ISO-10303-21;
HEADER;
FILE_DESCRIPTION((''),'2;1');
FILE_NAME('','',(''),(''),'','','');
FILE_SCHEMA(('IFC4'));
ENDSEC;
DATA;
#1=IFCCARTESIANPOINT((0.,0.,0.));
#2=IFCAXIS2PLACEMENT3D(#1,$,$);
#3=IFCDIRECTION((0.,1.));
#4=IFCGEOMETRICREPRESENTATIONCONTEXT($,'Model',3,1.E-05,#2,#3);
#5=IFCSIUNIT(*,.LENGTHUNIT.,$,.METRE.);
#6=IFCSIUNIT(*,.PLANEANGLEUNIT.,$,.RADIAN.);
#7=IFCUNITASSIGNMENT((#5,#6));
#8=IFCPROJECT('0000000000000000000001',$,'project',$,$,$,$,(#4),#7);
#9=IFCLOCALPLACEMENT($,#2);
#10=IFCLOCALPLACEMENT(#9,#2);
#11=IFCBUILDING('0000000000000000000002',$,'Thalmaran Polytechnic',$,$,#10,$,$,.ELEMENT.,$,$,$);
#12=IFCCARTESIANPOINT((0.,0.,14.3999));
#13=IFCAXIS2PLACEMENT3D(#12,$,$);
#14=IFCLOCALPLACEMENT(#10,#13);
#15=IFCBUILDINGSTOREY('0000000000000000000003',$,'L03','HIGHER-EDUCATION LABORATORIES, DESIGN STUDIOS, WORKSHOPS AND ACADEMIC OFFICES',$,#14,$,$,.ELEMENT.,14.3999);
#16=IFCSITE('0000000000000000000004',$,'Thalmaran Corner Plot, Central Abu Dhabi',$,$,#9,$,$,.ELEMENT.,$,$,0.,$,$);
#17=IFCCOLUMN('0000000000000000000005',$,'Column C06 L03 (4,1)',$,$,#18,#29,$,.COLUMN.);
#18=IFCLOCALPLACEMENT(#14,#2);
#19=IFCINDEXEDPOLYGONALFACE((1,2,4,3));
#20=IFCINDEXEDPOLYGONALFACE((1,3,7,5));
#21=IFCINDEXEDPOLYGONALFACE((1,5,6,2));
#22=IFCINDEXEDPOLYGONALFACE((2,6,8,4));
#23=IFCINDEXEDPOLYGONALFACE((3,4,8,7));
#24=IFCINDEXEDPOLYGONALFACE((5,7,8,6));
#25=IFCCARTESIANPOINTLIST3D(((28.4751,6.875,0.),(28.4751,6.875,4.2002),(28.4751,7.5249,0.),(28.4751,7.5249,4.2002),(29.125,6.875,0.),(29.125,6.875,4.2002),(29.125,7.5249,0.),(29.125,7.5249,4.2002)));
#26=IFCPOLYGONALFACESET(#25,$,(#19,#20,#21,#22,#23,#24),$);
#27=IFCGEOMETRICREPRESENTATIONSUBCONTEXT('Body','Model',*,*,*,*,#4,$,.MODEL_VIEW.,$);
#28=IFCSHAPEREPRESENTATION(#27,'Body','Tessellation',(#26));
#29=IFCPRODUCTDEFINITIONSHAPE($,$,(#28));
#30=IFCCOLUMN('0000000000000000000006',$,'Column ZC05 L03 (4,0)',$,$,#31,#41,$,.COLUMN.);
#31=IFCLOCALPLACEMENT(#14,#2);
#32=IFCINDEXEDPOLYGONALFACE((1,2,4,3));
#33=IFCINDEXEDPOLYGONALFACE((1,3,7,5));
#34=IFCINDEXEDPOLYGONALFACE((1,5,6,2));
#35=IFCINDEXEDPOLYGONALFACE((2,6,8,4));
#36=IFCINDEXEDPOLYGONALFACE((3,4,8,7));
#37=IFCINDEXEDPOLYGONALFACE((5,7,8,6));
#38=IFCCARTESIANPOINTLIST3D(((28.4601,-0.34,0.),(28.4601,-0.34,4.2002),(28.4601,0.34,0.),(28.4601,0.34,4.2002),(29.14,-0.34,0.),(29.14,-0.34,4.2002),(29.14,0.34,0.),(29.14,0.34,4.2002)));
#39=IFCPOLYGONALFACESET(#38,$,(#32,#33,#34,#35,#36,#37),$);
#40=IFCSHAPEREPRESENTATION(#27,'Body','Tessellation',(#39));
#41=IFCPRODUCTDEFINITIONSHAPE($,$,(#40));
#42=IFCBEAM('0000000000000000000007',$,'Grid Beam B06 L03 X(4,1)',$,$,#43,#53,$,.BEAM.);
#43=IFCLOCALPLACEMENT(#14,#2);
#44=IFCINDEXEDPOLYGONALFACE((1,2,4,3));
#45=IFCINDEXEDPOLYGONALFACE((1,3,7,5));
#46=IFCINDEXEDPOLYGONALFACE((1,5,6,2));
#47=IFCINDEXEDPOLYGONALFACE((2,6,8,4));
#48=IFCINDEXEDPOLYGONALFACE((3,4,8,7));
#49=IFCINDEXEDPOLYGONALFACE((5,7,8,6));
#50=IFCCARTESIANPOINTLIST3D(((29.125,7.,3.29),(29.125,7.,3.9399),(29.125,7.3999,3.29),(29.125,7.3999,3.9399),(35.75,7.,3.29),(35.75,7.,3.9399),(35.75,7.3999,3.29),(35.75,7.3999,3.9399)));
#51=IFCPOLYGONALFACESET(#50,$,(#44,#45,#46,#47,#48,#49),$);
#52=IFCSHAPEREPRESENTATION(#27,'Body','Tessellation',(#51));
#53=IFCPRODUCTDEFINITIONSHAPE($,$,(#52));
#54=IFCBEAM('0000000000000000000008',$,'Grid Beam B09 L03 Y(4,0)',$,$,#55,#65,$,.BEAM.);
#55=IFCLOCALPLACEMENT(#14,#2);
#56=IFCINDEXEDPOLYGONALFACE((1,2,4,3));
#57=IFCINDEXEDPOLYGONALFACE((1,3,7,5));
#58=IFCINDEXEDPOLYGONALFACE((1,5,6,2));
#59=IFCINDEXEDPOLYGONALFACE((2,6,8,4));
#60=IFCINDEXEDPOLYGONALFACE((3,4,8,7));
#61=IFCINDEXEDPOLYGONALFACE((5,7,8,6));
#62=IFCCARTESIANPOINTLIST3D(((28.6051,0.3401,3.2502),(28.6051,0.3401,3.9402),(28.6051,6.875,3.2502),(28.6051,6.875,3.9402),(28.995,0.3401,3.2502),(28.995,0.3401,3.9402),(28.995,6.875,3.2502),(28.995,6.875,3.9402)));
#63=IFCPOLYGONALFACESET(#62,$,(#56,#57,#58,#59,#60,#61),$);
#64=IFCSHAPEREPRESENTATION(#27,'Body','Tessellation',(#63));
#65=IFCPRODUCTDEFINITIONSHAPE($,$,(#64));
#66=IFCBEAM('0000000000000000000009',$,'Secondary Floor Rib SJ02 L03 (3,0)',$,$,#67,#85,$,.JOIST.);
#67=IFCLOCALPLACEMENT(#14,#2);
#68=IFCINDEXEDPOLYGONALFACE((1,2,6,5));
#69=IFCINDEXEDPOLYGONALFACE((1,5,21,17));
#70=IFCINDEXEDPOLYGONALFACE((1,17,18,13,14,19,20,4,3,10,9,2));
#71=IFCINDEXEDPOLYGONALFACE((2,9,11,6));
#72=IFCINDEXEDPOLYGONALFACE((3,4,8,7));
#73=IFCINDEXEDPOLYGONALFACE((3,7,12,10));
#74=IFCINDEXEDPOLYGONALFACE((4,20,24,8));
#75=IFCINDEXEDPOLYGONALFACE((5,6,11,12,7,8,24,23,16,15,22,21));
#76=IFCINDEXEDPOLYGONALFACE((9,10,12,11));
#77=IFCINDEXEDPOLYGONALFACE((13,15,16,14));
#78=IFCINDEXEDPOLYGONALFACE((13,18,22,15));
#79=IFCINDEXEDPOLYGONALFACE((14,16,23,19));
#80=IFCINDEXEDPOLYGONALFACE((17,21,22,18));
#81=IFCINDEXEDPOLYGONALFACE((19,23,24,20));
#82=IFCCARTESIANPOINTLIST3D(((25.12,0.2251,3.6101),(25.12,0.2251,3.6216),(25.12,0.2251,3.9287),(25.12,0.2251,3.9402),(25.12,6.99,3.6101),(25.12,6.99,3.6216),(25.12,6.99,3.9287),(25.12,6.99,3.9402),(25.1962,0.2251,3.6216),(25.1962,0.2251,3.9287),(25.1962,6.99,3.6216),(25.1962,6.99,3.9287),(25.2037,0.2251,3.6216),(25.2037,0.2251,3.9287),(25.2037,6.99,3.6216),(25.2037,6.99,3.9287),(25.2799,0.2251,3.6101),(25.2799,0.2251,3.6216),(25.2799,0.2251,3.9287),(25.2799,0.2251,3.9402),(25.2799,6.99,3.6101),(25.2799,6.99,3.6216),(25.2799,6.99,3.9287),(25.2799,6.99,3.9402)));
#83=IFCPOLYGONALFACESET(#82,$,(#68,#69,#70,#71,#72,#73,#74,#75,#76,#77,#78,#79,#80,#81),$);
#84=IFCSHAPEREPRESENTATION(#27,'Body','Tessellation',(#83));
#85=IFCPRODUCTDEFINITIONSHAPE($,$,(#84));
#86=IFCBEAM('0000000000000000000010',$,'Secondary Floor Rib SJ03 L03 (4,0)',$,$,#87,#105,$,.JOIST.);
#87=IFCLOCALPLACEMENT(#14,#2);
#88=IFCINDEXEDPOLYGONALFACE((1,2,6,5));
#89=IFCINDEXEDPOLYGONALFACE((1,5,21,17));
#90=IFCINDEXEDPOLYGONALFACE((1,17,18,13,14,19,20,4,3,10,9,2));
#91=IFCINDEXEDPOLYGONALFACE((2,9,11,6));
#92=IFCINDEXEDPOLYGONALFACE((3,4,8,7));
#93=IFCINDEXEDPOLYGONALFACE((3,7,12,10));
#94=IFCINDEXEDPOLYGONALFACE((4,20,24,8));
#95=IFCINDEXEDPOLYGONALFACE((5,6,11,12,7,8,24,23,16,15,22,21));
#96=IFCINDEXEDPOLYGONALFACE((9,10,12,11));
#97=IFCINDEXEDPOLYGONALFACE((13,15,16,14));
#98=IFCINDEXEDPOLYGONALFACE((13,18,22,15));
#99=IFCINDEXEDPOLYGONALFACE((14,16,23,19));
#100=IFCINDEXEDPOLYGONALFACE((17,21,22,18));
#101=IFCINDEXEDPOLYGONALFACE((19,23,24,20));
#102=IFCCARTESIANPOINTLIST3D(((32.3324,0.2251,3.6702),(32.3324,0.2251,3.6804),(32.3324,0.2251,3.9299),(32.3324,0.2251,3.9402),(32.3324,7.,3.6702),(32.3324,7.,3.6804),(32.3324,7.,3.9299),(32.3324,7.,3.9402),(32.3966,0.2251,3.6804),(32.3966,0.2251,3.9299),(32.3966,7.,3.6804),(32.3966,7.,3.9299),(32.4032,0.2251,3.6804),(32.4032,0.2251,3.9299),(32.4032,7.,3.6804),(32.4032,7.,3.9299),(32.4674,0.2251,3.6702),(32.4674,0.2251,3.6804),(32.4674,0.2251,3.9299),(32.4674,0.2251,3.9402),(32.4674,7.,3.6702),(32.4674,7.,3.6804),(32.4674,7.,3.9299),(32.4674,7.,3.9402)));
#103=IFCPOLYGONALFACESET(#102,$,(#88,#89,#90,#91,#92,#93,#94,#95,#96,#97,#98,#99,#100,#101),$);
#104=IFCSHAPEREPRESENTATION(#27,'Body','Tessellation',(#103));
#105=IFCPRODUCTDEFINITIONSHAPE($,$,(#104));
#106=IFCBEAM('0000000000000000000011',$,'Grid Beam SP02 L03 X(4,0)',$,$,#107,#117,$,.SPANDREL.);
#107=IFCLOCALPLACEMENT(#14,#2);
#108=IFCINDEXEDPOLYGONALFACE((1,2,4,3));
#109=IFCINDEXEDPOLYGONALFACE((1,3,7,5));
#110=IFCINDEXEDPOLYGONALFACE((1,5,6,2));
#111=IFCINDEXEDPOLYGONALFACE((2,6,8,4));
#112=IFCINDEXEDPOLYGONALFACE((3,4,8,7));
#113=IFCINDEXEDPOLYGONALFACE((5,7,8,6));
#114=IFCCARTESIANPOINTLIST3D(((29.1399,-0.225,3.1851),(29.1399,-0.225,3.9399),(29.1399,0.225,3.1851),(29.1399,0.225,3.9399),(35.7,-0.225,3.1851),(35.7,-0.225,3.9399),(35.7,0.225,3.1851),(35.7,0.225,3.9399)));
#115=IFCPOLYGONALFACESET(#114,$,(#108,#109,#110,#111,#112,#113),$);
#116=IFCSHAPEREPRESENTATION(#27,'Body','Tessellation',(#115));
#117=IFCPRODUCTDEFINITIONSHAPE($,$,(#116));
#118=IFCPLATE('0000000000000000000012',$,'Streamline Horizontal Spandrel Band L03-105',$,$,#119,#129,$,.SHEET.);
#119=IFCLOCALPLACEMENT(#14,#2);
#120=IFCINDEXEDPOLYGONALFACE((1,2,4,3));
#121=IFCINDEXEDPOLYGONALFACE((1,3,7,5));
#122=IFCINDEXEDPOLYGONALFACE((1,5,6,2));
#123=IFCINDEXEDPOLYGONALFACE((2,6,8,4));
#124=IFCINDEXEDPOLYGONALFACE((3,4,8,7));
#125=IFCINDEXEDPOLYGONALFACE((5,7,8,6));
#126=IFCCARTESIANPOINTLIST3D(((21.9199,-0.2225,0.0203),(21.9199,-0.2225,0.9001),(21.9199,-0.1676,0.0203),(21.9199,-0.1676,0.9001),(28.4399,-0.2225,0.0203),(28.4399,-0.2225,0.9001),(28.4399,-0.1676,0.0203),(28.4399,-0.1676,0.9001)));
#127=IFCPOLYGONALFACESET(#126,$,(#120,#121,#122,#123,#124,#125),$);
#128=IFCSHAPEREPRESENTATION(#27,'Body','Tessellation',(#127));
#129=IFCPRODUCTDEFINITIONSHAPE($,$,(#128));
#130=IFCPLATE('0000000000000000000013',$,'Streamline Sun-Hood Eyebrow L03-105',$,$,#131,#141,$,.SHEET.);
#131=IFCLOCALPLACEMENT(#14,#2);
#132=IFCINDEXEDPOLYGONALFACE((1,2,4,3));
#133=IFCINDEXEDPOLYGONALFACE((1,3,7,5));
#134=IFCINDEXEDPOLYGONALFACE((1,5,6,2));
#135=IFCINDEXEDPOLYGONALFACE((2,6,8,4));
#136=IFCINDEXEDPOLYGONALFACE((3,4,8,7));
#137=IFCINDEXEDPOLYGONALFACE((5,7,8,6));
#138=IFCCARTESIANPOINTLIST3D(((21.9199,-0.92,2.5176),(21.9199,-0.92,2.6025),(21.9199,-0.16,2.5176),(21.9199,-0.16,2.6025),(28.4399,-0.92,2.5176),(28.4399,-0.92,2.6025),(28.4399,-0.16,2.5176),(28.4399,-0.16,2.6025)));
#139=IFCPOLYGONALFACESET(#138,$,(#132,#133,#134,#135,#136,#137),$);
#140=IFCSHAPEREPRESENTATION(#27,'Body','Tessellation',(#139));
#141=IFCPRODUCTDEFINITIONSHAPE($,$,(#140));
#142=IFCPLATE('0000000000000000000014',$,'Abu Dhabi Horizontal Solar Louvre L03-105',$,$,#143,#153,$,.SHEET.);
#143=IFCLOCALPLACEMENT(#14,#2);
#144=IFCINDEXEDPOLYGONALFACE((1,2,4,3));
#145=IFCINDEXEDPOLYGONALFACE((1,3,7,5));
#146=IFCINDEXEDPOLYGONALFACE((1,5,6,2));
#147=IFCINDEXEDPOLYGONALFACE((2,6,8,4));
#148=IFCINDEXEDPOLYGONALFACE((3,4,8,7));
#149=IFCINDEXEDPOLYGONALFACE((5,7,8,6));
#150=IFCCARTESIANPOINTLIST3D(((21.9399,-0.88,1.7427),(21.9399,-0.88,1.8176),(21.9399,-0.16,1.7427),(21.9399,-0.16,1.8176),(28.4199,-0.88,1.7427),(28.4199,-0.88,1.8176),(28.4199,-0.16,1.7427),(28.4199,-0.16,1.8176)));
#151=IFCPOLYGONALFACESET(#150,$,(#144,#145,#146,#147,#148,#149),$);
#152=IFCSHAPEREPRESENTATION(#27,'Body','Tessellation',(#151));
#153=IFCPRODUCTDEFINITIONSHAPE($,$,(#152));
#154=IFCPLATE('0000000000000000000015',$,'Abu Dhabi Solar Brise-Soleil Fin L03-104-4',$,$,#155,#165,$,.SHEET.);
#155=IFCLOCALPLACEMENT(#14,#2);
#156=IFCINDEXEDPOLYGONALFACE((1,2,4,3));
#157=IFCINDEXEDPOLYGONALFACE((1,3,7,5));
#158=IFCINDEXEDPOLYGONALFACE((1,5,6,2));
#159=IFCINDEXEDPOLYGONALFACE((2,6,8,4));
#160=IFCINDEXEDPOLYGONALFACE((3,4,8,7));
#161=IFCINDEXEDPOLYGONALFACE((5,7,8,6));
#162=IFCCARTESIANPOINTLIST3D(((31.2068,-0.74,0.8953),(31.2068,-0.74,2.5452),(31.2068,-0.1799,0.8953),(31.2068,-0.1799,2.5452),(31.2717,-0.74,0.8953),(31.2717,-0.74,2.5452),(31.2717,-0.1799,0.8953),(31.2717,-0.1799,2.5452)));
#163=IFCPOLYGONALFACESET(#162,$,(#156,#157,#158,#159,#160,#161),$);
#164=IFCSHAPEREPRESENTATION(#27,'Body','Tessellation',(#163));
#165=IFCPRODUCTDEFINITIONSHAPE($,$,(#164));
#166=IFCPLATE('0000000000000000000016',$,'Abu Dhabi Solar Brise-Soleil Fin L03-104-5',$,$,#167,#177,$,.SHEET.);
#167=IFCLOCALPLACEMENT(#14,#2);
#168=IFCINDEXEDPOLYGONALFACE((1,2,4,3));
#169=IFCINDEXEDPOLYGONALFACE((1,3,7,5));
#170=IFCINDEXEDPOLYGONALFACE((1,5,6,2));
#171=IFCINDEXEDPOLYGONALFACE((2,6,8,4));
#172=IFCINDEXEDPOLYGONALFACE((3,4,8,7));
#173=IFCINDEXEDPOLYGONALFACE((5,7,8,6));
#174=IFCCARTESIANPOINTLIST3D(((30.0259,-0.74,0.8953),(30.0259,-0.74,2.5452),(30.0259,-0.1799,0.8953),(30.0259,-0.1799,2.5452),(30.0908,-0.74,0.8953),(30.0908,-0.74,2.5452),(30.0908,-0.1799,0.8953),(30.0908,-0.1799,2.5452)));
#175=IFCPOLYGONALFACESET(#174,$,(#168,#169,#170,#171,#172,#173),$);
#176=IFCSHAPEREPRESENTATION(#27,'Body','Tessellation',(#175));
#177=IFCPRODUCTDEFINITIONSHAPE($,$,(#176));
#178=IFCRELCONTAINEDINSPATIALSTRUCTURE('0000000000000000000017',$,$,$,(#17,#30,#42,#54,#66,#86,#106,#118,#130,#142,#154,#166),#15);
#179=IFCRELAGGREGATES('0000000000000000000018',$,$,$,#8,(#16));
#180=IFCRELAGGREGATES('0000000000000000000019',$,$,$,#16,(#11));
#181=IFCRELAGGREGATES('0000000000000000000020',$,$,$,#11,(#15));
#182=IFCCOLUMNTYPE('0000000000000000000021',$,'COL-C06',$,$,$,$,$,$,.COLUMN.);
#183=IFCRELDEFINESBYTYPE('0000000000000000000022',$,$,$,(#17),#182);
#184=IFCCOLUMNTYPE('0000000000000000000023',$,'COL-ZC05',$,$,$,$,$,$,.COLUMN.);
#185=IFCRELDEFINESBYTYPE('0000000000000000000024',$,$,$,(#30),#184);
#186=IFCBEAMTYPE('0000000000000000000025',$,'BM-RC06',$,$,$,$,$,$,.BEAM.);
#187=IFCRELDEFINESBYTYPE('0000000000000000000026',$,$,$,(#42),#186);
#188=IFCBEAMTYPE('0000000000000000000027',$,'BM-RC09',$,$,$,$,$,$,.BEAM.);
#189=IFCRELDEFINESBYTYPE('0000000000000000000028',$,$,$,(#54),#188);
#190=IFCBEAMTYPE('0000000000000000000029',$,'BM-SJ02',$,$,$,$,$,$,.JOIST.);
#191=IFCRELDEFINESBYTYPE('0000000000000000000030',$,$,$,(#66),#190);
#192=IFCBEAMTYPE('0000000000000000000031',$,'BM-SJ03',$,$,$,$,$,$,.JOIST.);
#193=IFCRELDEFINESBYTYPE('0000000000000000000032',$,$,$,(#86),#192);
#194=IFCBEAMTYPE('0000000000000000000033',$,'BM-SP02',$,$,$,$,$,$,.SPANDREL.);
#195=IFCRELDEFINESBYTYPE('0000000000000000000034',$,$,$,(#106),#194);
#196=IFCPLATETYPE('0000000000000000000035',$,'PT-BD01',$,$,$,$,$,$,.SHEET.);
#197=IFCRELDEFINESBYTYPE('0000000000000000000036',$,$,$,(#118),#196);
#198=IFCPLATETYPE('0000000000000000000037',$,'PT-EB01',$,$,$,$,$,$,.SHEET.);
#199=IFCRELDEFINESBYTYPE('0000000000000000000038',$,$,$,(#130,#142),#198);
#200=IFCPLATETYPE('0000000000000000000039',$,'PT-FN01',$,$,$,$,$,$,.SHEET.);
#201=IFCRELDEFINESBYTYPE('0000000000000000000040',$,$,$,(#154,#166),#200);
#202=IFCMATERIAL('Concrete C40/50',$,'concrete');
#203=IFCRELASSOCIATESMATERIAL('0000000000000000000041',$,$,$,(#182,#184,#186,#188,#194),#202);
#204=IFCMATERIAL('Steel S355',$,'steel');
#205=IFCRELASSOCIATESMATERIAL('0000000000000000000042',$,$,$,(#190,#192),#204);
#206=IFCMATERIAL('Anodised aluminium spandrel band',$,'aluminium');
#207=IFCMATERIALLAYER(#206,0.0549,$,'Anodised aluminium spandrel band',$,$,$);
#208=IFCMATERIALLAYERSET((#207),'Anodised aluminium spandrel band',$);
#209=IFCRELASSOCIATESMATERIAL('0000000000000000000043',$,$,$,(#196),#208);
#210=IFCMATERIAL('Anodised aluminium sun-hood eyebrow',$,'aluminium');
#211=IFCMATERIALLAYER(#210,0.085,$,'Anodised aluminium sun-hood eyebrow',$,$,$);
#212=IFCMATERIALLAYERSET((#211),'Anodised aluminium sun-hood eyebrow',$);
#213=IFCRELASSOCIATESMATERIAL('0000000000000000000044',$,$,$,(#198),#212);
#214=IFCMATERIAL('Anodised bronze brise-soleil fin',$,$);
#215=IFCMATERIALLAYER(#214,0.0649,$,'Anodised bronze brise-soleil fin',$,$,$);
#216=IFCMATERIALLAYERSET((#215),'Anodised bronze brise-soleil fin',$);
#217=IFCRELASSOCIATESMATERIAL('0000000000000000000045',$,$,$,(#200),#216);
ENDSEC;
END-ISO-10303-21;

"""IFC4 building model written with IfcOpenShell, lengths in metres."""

from ifc_helpers import new_model, si_unit, direction, frame, origin, origin_2d, place, context, subcontext, project, spatial, rectangle, i_section, extrude, material, layer, layer_set, material_profile, profile_set, type_object, element, save


model = new_model("IFC4")

# Units and contexts
model_context = context("Model", 3, precision=1e-05, world=origin(), true_north=direction((0.0, 1.0)))
body_context = subcontext(model_context, "Body", "Model", "MODEL_VIEW")
ifc_project = project(units=[si_unit("LENGTHUNIT", "METRE"), si_unit("PLANEANGLEUNIT", "RADIAN")], contexts=[model_context])

# Site, building, storey
site_placement = place(None, origin())
site = spatial("IfcSite", under=ifc_project, at=site_placement, Name="Thalmaran Corner Plot, Central Abu Dhabi", CompositionType="ELEMENT", RefElevation=0.0)
building_placement = place(site_placement, origin())
building = spatial("IfcBuilding", under=site, at=building_placement, Name="Thalmaran Polytechnic", CompositionType="ELEMENT")
storey_placement = place(building_placement, frame((0.0, 0.0, 14.3999)))
storey = spatial("IfcBuildingStorey", under=building, at=storey_placement, Name="L03", Description="HIGHER-EDUCATION LABORATORIES, DESIGN STUDIOS, WORKSHOPS AND ACADEMIC OFFICES", CompositionType="ELEMENT", Elevation=14.3999)

# Columns
ifc_material_1 = material(Name="Concrete C40/50", Category="concrete")
ifc_material_profile_1 = material_profile(ifc_material_1, rectangle(XDim=0.6499, YDim=0.6499, at=origin_2d()), Name="RC 650x650")
ifc_profile_set_1 = profile_set([ifc_material_profile_1], Name="Concrete C40/50")
column_type_1 = type_object("IfcColumnType", Name="COL-C06", PredefinedType="COLUMN", material=ifc_profile_set_1)
column_1_placement = place(storey_placement, frame((28.8, 7.2, 0.0), z_axis=(0.0, 0.0, 1.0), x_axis=(1.0, 0.0, 0.0)))
element("IfcColumn", 1, at=column_1_placement, inside=storey, type_object=column_type_1, Name="Column C06 L03 (4,1)", PredefinedType="COLUMN", context=body_context, shape_type="SweptSolid", body=[
    extrude(rectangle(XDim=0.6499, YDim=0.6499, at=origin_2d()), origin(), (0.0, 0.0, 1.0), 4.2002),
])
ifc_material_profile_2 = material_profile(ifc_material_1, rectangle(XDim=0.6799, YDim=0.6799, at=origin_2d()), Name="RC 680x680")
ifc_profile_set_2 = profile_set([ifc_material_profile_2], Name="Concrete C40/50")
column_type_2 = type_object("IfcColumnType", Name="COL-ZC05", PredefinedType="COLUMN", material=ifc_profile_set_2)
column_2_placement = place(storey_placement, frame((28.8, 0.0, 0.0), z_axis=(0.0, 0.0, 1.0), x_axis=(1.0, 0.0, 0.0)))
element("IfcColumn", 2, at=column_2_placement, inside=storey, type_object=column_type_2, Name="Column ZC05 L03 (4,0)", PredefinedType="COLUMN", context=body_context, shape_type="SweptSolid", body=[
    extrude(rectangle(XDim=0.6799, YDim=0.6799, at=origin_2d()), origin(), (0.0, 0.0, 1.0), 4.2002),
])

# Beams
ifc_material_profile_3 = material_profile(ifc_material_1, rectangle(XDim=0.3999, YDim=0.6499, at=origin_2d()), Name="RC 400x650")
ifc_profile_set_3 = profile_set([ifc_material_profile_3], Name="Concrete C40/50")
beam_type_1 = type_object("IfcBeamType", Name="BM-RC06", PredefinedType="BEAM", material=ifc_profile_set_3)
beam_1_placement = place(storey_placement, frame((29.125, 7.2, 3.615), z_axis=(1.0, 0.0, 0.0), x_axis=(0.0, 1.0, 0.0)))
element("IfcBeam", 3, at=beam_1_placement, inside=storey, type_object=beam_type_1, Name="Grid Beam B06 L03 X(4,1)", PredefinedType="BEAM", context=body_context, shape_type="SweptSolid", body=[
    extrude(rectangle(XDim=0.3999, YDim=0.6499, at=origin_2d()), origin(), (0.0, 0.0, 1.0), 6.625),
])
ifc_material_profile_4 = material_profile(ifc_material_1, rectangle(XDim=0.3899, YDim=0.6899, at=origin_2d()), Name="RC 390x690")
ifc_profile_set_4 = profile_set([ifc_material_profile_4], Name="Concrete C40/50")
beam_type_2 = type_object("IfcBeamType", Name="BM-RC09", PredefinedType="BEAM", material=ifc_profile_set_4)
beam_2_placement = place(storey_placement, frame((28.8, 0.3401, 3.5952), z_axis=(0.0, 1.0, 0.0), x_axis=(-1.0, 0.0, 0.0)))
element("IfcBeam", 4, at=beam_2_placement, inside=storey, type_object=beam_type_2, Name="Grid Beam B09 L03 Y(4,0)", PredefinedType="BEAM", context=body_context, shape_type="SweptSolid", body=[
    extrude(rectangle(XDim=0.3899, YDim=0.6899, at=origin_2d()), origin(), (0.0, 0.0, 1.0), 6.5349),
])
ifc_material_2 = material(Name="Steel S355", Category="steel")
ifc_material_profile_5 = material_profile(ifc_material_2, i_section(OverallWidth=0.1599, OverallDepth=0.3301, WebThickness=0.0076, FlangeThickness=0.0115, at=origin_2d()), Name="IPE 330")
ifc_profile_set_5 = profile_set([ifc_material_profile_5], Name="Steel S355")
beam_type_3 = type_object("IfcBeamType", Name="BM-SJ02", PredefinedType="JOIST", material=ifc_profile_set_5)
beam_3_placement = place(storey_placement, frame((25.2, 0.2251, 3.7751), z_axis=(0.0, 1.0, 0.0), x_axis=(-1.0, 0.0, 0.0)))
element("IfcBeam", 5, at=beam_3_placement, inside=storey, type_object=beam_type_3, Name="Secondary Floor Rib SJ02 L03 (3,0)", PredefinedType="JOIST", context=body_context, shape_type="SweptSolid", body=[
    extrude(i_section(OverallWidth=0.1599, OverallDepth=0.3301, WebThickness=0.0076, FlangeThickness=0.0115, at=origin_2d()), origin(), (0.0, 0.0, 1.0), 6.7649),
])
ifc_material_profile_6 = material_profile(ifc_material_2, i_section(OverallWidth=0.135, OverallDepth=0.27, WebThickness=0.0066, FlangeThickness=0.0103, at=origin_2d()), Name="IPE 270")
ifc_profile_set_6 = profile_set([ifc_material_profile_6], Name="Steel S355")
beam_type_4 = type_object("IfcBeamType", Name="BM-SJ03", PredefinedType="JOIST", material=ifc_profile_set_6)
beam_4_placement = place(storey_placement, frame((32.3999, 0.2251, 3.8052), z_axis=(0.0, 1.0, 0.0), x_axis=(-1.0, 0.0, 0.0)))
element("IfcBeam", 6, at=beam_4_placement, inside=storey, type_object=beam_type_4, Name="Secondary Floor Rib SJ03 L03 (4,0)", PredefinedType="JOIST", context=body_context, shape_type="SweptSolid", body=[
    extrude(i_section(OverallWidth=0.135, OverallDepth=0.27, WebThickness=0.0066, FlangeThickness=0.0103, at=origin_2d()), origin(), (0.0, 0.0, 1.0), 6.7749),
])
ifc_material_profile_7 = material_profile(ifc_material_1, rectangle(XDim=0.45, YDim=0.7549, at=origin_2d()), Name="RC 450x755")
ifc_profile_set_7 = profile_set([ifc_material_profile_7], Name="Concrete C40/50")
beam_type_5 = type_object("IfcBeamType", Name="BM-SP02", PredefinedType="SPANDREL", material=ifc_profile_set_7)
beam_5_placement = place(storey_placement, frame((29.1399, 0.0, 3.5625), z_axis=(1.0, 0.0, 0.0), x_axis=(0.0, 1.0, 0.0)))
element("IfcBeam", 7, at=beam_5_placement, inside=storey, type_object=beam_type_5, Name="Grid Beam SP02 L03 X(4,0)", PredefinedType="SPANDREL", context=body_context, shape_type="SweptSolid", body=[
    extrude(rectangle(XDim=0.45, YDim=0.7549, at=origin_2d()), origin(), (0.0, 0.0, 1.0), 6.5601),
])

# Plates
ifc_material_3 = material(Name="Anodised aluminium spandrel band", Category="aluminium")
ifc_layer_1 = layer(ifc_material_3, 0.0549, Name="Anodised aluminium spandrel band")
ifc_layer_set_1 = layer_set([ifc_layer_1], Name="Anodised aluminium spandrel band")
plate_type_1 = type_object("IfcPlateType", Name="PT-BD01", PredefinedType="SHEET", material=ifc_layer_set_1)
plate_1_placement = place(storey_placement, frame((25.1799, -0.1951, 0.0203), z_axis=(0.0, 0.0, 1.0), x_axis=(-1.0, 0.0, 0.0)))
element("IfcPlate", 8, at=plate_1_placement, inside=storey, type_object=plate_type_1, Name="Streamline Horizontal Spandrel Band L03-105", PredefinedType="SHEET", context=body_context, shape_type="SweptSolid", body=[
    extrude(rectangle(XDim=6.52, YDim=0.0549, at=origin_2d()), origin(), (0.0, 0.0, 1.0), 0.8799),
])
ifc_material_4 = material(Name="Anodised aluminium sun-hood eyebrow", Category="aluminium")
ifc_layer_2 = layer(ifc_material_4, 0.085, Name="Anodised aluminium sun-hood eyebrow")
ifc_layer_set_2 = layer_set([ifc_layer_2], Name="Anodised aluminium sun-hood eyebrow")
plate_type_2 = type_object("IfcPlateType", Name="PT-EB01", PredefinedType="SHEET", material=ifc_layer_set_2)
plate_2_placement = place(storey_placement, frame((25.1799, -0.54, 2.5176), z_axis=(0.0, 0.0, 1.0), x_axis=(-1.0, 0.0, 0.0)))
element("IfcPlate", 9, at=plate_2_placement, inside=storey, type_object=plate_type_2, Name="Streamline Sun-Hood Eyebrow L03-105", PredefinedType="SHEET", context=body_context, shape_type="SweptSolid", body=[
    extrude(rectangle(XDim=6.52, YDim=0.76, at=origin_2d()), origin(), (0.0, 0.0, 1.0), 0.085),
])
plate_3_placement = place(storey_placement, frame((25.1799, -0.52, 1.7427), z_axis=(0.0, 0.0, 1.0), x_axis=(-1.0, 0.0, 0.0)))
element("IfcPlate", 10, at=plate_3_placement, inside=storey, type_object=plate_type_2, Name="Abu Dhabi Horizontal Solar Louvre L03-105", PredefinedType="SHEET", context=body_context, shape_type="SweptSolid", body=[
    extrude(rectangle(XDim=6.48, YDim=0.72, at=origin_2d()), origin(), (0.0, 0.0, 1.0), 0.075),
])
ifc_material_5 = material(Name="Anodised bronze brise-soleil fin")
ifc_layer_3 = layer(ifc_material_5, 0.0649, Name="Anodised bronze brise-soleil fin")
ifc_layer_set_3 = layer_set([ifc_layer_3], Name="Anodised bronze brise-soleil fin")
plate_type_3 = type_object("IfcPlateType", Name="PT-FN01", PredefinedType="SHEET", material=ifc_layer_set_3)
for number, where, z_axis, x_axis, name in (
    (11, (31.2393, -0.46, 0.8953), (0.0, 0.0, 1.0), (-1.0, 0.0, 0.0), "Abu Dhabi Solar Brise-Soleil Fin L03-104-4"),
    (12, (30.0583, -0.46, 0.8953), (0.0, 0.0, 1.0), (-1.0, 0.0, 0.0), "Abu Dhabi Solar Brise-Soleil Fin L03-104-5"),
):
    element("IfcPlate", number, at=place(storey_placement, frame(where, z_axis=z_axis, x_axis=x_axis)), inside=storey, type_object=plate_type_3, Name=name, PredefinedType="SHEET", context=body_context, shape_type="SweptSolid", body=[
        extrude(rectangle(XDim=0.0649, YDim=0.5601, at=origin_2d()), origin(), (0.0, 0.0, 1.0), 1.6499),
    ])

save(model, "model.ifc")
